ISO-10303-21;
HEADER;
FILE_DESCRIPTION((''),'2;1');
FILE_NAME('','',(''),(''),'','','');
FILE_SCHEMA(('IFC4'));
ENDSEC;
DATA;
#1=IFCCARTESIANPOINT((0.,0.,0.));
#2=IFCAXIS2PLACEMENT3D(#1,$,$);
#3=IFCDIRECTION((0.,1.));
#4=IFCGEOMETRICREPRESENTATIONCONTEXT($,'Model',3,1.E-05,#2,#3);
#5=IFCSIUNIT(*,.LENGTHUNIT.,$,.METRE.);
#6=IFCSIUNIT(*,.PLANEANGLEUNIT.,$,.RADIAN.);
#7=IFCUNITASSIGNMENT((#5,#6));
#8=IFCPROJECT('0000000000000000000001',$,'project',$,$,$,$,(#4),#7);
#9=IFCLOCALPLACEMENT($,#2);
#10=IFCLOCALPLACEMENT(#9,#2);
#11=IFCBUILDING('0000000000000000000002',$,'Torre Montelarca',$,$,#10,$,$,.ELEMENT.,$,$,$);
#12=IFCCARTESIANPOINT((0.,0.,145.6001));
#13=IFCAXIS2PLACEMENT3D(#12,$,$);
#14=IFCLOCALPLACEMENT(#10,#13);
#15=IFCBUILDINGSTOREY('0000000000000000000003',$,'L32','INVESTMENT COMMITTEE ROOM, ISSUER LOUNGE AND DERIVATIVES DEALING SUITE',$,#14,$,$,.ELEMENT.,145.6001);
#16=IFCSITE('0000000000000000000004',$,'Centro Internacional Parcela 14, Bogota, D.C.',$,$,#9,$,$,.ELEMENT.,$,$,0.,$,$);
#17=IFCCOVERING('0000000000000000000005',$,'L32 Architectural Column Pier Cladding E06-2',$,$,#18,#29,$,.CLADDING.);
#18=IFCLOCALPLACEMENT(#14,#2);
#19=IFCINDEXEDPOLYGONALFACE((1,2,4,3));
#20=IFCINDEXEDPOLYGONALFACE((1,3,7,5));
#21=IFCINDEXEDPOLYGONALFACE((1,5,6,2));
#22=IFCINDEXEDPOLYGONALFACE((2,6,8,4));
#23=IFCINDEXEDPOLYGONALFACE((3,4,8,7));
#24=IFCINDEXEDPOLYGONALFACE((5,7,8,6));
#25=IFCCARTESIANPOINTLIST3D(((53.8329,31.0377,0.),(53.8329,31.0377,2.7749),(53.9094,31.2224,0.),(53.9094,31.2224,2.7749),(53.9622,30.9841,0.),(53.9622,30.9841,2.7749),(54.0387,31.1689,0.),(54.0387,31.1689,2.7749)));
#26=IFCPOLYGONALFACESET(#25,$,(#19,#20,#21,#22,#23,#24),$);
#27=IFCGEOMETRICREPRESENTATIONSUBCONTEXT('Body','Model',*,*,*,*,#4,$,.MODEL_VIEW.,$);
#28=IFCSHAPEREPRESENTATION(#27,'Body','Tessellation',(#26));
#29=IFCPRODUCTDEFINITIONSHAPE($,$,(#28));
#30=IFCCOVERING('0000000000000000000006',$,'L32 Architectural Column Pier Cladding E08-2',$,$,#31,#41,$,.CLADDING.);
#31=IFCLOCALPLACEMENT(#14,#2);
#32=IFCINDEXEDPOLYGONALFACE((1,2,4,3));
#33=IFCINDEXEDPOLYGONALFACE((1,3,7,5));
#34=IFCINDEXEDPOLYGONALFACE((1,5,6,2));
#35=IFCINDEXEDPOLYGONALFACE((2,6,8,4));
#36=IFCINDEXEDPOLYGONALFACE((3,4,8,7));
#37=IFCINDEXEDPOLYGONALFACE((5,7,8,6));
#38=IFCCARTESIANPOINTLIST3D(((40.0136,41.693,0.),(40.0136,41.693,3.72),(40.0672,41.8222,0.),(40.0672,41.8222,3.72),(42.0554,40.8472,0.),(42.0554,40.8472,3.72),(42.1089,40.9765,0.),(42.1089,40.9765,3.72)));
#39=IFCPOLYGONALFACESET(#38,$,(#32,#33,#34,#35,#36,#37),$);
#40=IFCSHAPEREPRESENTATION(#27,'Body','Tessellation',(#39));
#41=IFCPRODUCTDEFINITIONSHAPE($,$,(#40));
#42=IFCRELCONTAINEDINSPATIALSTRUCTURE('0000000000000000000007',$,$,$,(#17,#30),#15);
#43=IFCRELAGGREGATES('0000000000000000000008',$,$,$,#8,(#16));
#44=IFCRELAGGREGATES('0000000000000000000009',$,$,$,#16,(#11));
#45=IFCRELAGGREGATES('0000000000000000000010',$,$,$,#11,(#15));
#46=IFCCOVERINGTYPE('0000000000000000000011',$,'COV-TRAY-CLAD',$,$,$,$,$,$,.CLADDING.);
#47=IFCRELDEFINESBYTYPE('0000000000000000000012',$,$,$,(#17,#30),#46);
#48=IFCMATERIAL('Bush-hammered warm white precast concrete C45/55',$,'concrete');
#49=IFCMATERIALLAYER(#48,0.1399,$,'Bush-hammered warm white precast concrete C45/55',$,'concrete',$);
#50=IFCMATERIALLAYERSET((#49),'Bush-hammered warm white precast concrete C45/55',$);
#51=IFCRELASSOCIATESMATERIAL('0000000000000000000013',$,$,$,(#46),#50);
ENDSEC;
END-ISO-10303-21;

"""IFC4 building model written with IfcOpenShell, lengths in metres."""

from ifc_helpers import new_model, si_unit, direction, frame, origin, origin_2d, place, context, subcontext, project, spatial, rectangle, extrude, source, transform, mapped, material, layer, layer_set, type_object, element, save


model = new_model("IFC4")

# Units and contexts
model_context = context("Model", 3, precision=1e-05, world=origin(), true_north=direction((0.0, 1.0)))
body_context = subcontext(model_context, "Body", "Model", "MODEL_VIEW")
ifc_project = project(units=[si_unit("LENGTHUNIT", "METRE"), si_unit("PLANEANGLEUNIT", "RADIAN")], contexts=[model_context])

# Site, building, storey
site_placement = place(None, origin())
site = spatial("IfcSite", under=ifc_project, at=site_placement, Name="Centro Internacional Parcela 14, Bogota, D.C.", CompositionType="ELEMENT", RefElevation=0.0)
building_placement = place(site_placement, origin())
building = spatial("IfcBuilding", under=site, at=building_placement, Name="Torre Montelarca", CompositionType="ELEMENT")
storey_placement = place(building_placement, frame((0.0, 0.0, 145.6001)))
storey = spatial("IfcBuildingStorey", under=building, at=storey_placement, Name="L32", Description="INVESTMENT COMMITTEE ROOM, ISSUER LOUNGE AND DERIVATIVES DEALING SUITE", CompositionType="ELEMENT", Elevation=145.6001)

# Coverings
ifc_material_1 = material(Name="Bush-hammered warm white precast concrete C45/55", Category="concrete")
ifc_layer_1 = layer(ifc_material_1, 0.1399, Name="Bush-hammered warm white precast concrete C45/55", Category="concrete")
ifc_layer_set_1 = layer_set([ifc_layer_1], Name="Bush-hammered warm white precast concrete C45/55")
covering_type = type_object("IfcCoveringType", Name="COV-TRAY-CLAD", PredefinedType="CLADDING", material=ifc_layer_set_1)
shared_shape_1 = source(origin(), body_context, "Body", "SweptSolid", [
    extrude(rectangle(XDim=0.2, YDim=0.1399, at=origin_2d()), origin(), (0.0, 0.0, 1.0), 2.7749),
])
covering_1_placement = place(storey_placement, frame((53.9358, 31.1033, 0.0), z_axis=(0.0, 0.0, 1.0), x_axis=(0.382682, 0.92388, 0.0)))
element("IfcCovering", 1, at=covering_1_placement, inside=storey, type_object=covering_type, Name="L32 Architectural Column Pier Cladding E06-2", PredefinedType="CLADDING", context=body_context, shape_type="MappedRepresentation", body=[
    mapped(shared_shape_1, transform((0.0, 0.0, 0.0), scale=1.0)),
])
shared_shape_2 = source(origin(), body_context, "Body", "SweptSolid", [
    extrude(rectangle(XDim=2.21, YDim=0.1399, at=origin_2d()), origin(), (0.0, 0.0, 1.0), 3.72),
])
covering_2_placement = place(storey_placement, frame((41.0613, 41.3347, 0.0), z_axis=(0.0, 0.0, 1.0), x_axis=(-0.923879, 0.382685, 0.0)))
element("IfcCovering", 2, at=covering_2_placement, inside=storey, type_object=covering_type, Name="L32 Architectural Column Pier Cladding E08-2", PredefinedType="CLADDING", context=body_context, shape_type="MappedRepresentation", body=[
    mapped(shared_shape_2, transform((0.0, 0.0, 0.0), scale=1.0)),
])

save(model, "model.ifc")
